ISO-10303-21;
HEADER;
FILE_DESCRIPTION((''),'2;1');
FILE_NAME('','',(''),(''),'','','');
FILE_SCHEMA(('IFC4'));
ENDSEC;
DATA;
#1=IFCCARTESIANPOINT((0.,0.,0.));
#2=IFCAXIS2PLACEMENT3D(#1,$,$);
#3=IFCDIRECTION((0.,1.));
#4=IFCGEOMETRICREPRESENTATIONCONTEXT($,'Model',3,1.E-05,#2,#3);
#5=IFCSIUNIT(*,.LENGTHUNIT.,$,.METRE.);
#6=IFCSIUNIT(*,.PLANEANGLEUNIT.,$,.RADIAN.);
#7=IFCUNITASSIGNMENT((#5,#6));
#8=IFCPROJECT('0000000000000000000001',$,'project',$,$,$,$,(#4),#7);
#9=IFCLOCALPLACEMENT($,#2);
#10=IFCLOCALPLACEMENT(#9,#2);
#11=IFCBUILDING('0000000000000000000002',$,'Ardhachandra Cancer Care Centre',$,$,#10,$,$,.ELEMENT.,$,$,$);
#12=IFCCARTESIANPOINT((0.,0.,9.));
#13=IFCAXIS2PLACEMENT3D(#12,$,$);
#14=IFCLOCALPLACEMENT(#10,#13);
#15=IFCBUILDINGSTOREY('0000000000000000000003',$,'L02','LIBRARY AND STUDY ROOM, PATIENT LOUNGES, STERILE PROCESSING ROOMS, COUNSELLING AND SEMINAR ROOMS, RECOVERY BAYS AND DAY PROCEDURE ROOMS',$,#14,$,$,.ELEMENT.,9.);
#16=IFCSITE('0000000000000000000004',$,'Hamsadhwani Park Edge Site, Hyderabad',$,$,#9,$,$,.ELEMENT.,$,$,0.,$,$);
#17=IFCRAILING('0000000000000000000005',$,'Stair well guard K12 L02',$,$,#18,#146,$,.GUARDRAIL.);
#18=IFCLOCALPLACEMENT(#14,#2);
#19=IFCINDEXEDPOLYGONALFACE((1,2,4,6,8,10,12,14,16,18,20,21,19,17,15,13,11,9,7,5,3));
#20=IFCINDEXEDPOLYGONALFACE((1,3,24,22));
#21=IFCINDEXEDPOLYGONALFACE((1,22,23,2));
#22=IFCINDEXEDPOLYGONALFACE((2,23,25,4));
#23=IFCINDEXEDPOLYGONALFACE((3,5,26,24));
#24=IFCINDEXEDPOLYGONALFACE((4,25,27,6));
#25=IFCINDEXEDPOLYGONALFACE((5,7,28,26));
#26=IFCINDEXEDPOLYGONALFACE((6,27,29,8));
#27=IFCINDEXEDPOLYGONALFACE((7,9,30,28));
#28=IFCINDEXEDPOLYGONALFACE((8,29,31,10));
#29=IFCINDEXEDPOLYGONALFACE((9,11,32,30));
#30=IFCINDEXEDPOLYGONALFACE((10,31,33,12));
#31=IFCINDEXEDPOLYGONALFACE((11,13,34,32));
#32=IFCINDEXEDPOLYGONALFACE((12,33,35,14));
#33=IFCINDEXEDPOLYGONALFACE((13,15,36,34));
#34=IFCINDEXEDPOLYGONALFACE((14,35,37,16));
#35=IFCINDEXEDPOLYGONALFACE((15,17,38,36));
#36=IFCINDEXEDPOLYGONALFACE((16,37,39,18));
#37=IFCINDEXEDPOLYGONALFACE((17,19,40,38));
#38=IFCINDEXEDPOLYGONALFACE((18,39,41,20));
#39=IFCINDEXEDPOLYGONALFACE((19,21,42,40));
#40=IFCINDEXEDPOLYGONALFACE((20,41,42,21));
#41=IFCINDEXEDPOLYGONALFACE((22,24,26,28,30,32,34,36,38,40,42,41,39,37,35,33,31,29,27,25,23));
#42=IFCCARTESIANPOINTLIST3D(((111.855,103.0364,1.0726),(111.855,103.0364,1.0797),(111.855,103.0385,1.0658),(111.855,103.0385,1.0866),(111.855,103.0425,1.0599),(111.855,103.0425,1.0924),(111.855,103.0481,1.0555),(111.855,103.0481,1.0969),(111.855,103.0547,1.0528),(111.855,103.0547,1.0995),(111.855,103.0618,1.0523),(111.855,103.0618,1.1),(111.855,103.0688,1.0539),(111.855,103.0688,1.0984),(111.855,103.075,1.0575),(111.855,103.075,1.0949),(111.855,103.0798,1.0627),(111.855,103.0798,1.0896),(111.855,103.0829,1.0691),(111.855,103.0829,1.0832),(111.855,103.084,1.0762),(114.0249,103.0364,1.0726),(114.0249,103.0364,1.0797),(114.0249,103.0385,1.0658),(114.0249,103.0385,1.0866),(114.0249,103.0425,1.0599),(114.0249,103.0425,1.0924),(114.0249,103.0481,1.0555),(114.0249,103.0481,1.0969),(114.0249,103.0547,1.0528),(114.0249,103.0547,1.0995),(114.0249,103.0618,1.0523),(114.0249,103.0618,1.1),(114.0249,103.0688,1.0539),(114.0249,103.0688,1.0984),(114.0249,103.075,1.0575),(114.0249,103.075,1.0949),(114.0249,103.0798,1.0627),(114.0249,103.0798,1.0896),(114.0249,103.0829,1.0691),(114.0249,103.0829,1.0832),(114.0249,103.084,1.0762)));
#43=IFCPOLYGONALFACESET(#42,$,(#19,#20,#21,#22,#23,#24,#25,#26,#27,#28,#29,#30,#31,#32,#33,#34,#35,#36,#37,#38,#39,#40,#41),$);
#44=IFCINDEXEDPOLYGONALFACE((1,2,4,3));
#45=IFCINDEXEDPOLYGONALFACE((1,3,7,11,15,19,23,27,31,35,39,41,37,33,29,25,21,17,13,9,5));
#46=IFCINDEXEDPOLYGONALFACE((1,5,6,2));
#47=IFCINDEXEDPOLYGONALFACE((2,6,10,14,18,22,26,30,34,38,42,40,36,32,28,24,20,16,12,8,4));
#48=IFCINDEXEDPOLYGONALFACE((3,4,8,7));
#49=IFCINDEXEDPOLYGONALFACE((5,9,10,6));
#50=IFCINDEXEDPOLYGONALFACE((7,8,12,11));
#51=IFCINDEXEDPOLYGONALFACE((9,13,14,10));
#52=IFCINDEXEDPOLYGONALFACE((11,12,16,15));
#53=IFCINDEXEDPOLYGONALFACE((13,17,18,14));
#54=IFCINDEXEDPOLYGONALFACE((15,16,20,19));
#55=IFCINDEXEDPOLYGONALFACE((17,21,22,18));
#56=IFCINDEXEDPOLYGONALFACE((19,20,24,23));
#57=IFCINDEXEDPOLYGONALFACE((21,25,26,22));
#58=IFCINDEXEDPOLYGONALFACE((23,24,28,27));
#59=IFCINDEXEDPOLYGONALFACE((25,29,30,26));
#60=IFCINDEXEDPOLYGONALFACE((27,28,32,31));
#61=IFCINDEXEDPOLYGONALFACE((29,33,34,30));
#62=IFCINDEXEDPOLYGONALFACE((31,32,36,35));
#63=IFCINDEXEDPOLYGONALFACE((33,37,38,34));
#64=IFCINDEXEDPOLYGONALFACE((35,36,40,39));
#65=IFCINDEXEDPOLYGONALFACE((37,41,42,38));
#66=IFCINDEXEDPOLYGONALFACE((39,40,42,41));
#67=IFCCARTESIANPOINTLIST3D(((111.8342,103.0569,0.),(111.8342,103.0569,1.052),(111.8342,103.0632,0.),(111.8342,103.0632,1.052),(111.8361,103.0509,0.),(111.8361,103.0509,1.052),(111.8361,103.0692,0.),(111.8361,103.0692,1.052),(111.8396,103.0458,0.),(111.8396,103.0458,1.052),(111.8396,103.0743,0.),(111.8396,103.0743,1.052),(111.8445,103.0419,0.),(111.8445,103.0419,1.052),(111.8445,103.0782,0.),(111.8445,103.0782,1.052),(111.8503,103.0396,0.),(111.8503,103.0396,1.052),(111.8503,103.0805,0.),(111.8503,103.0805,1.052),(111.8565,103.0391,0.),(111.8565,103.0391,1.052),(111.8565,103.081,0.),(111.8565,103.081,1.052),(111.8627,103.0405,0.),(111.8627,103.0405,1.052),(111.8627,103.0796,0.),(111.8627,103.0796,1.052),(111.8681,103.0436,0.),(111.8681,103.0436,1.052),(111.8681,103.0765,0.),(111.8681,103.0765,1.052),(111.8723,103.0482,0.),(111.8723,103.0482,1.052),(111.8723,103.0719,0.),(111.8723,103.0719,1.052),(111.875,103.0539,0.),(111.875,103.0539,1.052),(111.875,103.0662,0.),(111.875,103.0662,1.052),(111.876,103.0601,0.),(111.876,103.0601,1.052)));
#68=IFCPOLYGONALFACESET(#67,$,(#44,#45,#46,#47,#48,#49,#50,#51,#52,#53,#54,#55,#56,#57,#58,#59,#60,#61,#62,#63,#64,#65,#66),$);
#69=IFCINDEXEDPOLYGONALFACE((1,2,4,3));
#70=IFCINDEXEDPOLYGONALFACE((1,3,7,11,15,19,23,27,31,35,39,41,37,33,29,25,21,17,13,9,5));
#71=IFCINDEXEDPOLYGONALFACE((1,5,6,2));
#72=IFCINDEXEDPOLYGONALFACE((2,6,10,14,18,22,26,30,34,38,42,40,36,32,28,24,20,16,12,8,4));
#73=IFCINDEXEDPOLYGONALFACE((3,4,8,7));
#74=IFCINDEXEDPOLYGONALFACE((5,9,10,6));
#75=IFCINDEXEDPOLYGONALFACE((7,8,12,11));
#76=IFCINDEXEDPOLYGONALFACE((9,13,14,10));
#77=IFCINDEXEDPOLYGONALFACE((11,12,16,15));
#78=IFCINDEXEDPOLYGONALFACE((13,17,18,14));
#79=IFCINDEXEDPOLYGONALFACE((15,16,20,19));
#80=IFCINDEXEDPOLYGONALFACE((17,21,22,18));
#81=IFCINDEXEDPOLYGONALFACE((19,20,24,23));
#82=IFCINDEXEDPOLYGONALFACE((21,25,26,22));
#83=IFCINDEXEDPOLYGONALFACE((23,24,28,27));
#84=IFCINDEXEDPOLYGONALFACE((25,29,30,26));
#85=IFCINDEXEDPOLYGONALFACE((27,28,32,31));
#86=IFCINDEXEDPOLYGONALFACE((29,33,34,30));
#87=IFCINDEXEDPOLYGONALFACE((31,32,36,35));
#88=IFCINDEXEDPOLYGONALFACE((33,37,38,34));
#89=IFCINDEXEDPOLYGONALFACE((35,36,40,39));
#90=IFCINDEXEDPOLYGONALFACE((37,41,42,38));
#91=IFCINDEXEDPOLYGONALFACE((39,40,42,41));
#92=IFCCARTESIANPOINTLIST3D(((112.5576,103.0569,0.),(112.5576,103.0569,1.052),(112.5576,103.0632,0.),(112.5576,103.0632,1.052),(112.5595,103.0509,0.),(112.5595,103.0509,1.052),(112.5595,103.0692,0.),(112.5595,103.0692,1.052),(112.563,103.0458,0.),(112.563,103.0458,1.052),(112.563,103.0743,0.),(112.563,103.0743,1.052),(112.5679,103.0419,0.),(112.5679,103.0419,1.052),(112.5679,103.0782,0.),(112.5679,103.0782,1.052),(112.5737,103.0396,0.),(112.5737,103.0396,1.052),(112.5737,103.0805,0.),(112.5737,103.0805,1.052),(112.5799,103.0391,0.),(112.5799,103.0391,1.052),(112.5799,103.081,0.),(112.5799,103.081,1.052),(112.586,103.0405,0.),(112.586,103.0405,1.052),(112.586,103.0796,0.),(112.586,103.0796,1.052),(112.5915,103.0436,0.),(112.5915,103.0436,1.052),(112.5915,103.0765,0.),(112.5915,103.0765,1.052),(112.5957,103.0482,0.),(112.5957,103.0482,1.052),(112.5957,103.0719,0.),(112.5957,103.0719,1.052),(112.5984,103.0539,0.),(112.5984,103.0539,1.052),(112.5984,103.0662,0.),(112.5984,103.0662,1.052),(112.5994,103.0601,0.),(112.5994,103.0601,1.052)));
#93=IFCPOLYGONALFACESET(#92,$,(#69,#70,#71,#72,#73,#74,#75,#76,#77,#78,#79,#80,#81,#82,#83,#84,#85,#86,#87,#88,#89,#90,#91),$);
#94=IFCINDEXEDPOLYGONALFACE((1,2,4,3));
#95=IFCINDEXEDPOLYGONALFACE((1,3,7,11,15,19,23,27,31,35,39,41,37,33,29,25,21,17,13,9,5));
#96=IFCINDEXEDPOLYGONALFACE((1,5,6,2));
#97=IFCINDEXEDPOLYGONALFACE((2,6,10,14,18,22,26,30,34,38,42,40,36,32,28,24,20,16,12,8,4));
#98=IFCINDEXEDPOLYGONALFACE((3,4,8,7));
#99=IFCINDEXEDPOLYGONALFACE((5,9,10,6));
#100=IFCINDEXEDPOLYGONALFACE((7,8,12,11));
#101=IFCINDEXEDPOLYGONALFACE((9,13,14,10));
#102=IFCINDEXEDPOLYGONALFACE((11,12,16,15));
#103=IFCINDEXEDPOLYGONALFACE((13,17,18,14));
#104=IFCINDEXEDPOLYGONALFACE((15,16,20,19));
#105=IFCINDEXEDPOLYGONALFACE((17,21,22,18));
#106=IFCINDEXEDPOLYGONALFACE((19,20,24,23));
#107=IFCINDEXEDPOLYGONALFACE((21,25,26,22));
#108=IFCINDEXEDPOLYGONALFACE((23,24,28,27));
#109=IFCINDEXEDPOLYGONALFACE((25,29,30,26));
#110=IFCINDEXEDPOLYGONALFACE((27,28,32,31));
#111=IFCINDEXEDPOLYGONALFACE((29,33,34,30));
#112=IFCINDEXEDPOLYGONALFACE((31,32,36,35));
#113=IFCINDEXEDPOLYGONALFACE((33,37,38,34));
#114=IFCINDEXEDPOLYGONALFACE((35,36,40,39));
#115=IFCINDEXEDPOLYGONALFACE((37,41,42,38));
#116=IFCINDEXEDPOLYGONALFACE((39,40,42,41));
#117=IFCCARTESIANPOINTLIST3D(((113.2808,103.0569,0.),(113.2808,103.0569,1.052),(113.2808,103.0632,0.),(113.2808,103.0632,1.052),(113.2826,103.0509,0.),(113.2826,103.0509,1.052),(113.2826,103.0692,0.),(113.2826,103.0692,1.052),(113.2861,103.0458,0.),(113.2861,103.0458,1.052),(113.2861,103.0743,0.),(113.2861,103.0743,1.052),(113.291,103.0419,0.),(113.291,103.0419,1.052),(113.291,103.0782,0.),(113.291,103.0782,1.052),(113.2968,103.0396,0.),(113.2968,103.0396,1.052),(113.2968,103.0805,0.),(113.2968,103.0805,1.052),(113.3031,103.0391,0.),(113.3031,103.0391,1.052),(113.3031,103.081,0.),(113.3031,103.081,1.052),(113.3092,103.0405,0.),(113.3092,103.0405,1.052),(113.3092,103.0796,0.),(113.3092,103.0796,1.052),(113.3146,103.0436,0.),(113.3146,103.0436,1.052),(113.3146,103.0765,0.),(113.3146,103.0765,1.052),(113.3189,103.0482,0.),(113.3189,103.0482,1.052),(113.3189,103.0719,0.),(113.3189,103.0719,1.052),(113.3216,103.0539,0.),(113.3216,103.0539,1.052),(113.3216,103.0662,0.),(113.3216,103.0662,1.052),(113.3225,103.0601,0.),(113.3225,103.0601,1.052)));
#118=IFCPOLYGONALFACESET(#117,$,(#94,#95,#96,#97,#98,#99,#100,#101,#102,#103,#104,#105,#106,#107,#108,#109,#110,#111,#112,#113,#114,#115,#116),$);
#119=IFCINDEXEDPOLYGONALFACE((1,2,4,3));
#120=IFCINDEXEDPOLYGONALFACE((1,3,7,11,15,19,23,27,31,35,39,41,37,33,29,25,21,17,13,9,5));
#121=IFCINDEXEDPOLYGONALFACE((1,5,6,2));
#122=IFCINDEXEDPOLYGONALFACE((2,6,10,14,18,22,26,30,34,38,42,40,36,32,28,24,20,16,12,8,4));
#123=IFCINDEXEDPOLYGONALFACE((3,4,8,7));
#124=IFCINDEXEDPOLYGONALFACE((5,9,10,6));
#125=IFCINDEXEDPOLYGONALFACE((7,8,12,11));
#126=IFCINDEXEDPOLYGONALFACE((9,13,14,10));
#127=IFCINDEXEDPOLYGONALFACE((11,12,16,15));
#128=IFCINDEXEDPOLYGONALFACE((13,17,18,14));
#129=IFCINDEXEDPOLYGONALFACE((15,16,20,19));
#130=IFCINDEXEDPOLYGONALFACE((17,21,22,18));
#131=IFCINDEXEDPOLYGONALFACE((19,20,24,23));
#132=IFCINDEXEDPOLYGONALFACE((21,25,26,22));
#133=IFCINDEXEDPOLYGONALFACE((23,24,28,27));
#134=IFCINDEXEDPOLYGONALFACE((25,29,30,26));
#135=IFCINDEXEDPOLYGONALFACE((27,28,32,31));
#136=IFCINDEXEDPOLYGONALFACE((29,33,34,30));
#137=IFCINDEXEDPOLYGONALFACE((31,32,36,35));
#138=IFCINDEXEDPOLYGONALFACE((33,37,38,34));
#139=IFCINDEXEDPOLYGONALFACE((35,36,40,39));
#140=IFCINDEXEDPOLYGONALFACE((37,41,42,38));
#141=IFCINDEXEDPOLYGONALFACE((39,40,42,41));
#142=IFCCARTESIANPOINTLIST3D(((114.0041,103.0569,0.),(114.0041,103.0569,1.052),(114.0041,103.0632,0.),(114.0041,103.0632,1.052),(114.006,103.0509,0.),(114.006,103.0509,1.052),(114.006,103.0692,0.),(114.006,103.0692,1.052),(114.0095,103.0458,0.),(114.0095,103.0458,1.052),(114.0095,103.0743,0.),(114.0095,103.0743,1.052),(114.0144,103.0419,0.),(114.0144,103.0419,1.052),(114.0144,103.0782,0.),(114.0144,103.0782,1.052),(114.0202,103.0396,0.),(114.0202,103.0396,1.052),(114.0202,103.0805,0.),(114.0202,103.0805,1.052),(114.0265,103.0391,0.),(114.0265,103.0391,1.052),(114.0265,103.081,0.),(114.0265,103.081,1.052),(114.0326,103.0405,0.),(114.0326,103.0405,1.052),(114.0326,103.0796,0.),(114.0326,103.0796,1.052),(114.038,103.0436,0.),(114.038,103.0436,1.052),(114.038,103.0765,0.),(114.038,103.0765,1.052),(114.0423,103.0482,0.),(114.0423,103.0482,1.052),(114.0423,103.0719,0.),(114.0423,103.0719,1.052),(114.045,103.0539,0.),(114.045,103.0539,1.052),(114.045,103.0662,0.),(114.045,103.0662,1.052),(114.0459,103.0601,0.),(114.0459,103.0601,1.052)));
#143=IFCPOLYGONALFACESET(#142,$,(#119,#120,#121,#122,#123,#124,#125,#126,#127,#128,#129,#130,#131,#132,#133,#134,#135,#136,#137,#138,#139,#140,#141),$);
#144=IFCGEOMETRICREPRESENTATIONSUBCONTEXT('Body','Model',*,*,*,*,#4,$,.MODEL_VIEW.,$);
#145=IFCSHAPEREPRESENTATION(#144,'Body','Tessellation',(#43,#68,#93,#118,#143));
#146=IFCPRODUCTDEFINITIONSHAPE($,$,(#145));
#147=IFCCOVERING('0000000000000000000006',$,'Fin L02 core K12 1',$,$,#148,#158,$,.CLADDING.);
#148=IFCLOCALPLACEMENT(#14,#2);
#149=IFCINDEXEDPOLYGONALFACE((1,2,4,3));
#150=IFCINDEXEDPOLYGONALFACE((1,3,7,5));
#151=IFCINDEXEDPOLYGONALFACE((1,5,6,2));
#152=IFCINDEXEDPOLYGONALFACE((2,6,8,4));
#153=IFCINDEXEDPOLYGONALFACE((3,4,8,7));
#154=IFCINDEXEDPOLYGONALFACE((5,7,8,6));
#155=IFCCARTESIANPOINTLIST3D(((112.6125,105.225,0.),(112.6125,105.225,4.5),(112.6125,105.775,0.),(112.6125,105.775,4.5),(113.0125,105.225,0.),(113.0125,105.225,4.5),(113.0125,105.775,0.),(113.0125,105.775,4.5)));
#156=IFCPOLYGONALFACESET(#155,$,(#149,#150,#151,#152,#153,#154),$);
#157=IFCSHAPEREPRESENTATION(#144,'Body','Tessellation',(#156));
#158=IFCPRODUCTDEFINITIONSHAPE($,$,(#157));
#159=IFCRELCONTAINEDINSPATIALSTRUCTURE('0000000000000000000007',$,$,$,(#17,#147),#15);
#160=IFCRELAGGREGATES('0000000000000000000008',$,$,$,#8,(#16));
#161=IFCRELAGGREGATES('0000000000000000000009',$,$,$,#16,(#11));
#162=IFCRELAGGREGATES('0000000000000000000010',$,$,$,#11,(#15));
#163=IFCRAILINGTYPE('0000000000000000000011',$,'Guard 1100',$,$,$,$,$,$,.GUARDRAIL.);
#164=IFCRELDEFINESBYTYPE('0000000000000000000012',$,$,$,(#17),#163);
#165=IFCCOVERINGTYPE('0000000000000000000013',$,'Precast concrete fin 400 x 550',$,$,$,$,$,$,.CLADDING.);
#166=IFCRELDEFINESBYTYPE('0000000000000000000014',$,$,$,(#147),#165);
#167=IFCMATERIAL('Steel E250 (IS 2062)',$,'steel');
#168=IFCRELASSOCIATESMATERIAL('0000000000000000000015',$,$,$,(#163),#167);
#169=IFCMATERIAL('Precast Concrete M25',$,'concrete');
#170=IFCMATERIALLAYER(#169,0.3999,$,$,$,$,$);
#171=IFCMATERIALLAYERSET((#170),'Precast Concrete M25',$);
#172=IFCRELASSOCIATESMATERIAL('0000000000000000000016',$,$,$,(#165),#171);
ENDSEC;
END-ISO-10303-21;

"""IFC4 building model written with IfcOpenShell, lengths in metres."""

from ifc_helpers import new_model, si_unit, direction, frame, origin, origin_2d, place, context, subcontext, project, spatial, rectangle, circle, extrude, material, layer, layer_set, type_object, element, save


model = new_model("IFC4")

# Units and contexts
model_context = context("Model", 3, precision=1e-05, world=origin(), true_north=direction((0.0, 1.0)))
body_context = subcontext(model_context, "Body", "Model", "MODEL_VIEW")
ifc_project = project(units=[si_unit("LENGTHUNIT", "METRE"), si_unit("PLANEANGLEUNIT", "RADIAN")], contexts=[model_context])

# Site, building, storey
site_placement = place(None, origin())
site = spatial("IfcSite", under=ifc_project, at=site_placement, Name="Hamsadhwani Park Edge Site, Hyderabad", CompositionType="ELEMENT", RefElevation=0.0)
building_placement = place(site_placement, origin())
building = spatial("IfcBuilding", under=site, at=building_placement, Name="Ardhachandra Cancer Care Centre", CompositionType="ELEMENT")
storey_placement = place(building_placement, frame((0.0, 0.0, 9.0)))
storey = spatial("IfcBuildingStorey", under=building, at=storey_placement, Name="L02", Description="LIBRARY AND STUDY ROOM, PATIENT LOUNGES, STERILE PROCESSING ROOMS, COUNSELLING AND SEMINAR ROOMS, RECOVERY BAYS AND DAY PROCEDURE ROOMS", CompositionType="ELEMENT", Elevation=9.0)

# Railing
ifc_material_1 = material(Name="Steel E250 (IS 2062)", Category="steel")
railing_type_1 = type_object("IfcRailingType", Name="Guard 1100", PredefinedType="GUARDRAIL", material=ifc_material_1)
railing_1_placement = place(storey_placement, frame((111.855, 103.0601, 0.0)))
element("IfcRailing", 1, at=railing_1_placement, inside=storey, type_object=railing_type_1, Name="Stair well guard K12 L02", PredefinedType="GUARDRAIL", context=body_context, shape_type="SweptSolid", body=[
    extrude(circle(Radius=0.0239, at=origin_2d()), frame((0.0, 0.0, 1.0762), z_axis=(1.0, 0.0, 0.0), x_axis=(0.0, 1.0, 0.0)), (0.0, 0.0, 1.0), 2.1699),
    extrude(circle(Radius=0.021, at=origin_2d()), origin(), (0.0, 0.0, 1.0), 1.052),
    extrude(circle(Radius=0.021, at=origin_2d()), frame((0.7234, 0.0, 0.0)), (0.0, 0.0, 1.0), 1.052),
    extrude(circle(Radius=0.021, at=origin_2d()), frame((1.4465, 0.0, 0.0)), (0.0, 0.0, 1.0), 1.052),
    extrude(circle(Radius=0.021, at=origin_2d()), frame((2.1699, 0.0, 0.0)), (0.0, 0.0, 1.0), 1.052),
])

# Covering
ifc_material_2 = material(Name="Precast Concrete M25", Category="concrete")
ifc_layer_1 = layer(ifc_material_2, 0.3999)
ifc_layer_set_1 = layer_set([ifc_layer_1], Name="Precast Concrete M25")
covering_type = type_object("IfcCoveringType", Name="Precast concrete fin 400 x 550", PredefinedType="CLADDING", material=ifc_layer_set_1)
covering_placement = place(storey_placement, frame((112.8125, 105.5, 0.0), z_axis=(0.0, 0.0, 1.0), x_axis=(1.0, 0.0, 0.0)))
element("IfcCovering", 2, at=covering_placement, inside=storey, type_object=covering_type, Name="Fin L02 core K12 1", PredefinedType="CLADDING", context=body_context, shape_type="SweptSolid", body=[
    extrude(rectangle(XDim=0.3999, YDim=0.55, at=origin_2d()), origin(), (0.0, 0.0, 1.0), 4.5),
])

save(model, "model.ifc")
